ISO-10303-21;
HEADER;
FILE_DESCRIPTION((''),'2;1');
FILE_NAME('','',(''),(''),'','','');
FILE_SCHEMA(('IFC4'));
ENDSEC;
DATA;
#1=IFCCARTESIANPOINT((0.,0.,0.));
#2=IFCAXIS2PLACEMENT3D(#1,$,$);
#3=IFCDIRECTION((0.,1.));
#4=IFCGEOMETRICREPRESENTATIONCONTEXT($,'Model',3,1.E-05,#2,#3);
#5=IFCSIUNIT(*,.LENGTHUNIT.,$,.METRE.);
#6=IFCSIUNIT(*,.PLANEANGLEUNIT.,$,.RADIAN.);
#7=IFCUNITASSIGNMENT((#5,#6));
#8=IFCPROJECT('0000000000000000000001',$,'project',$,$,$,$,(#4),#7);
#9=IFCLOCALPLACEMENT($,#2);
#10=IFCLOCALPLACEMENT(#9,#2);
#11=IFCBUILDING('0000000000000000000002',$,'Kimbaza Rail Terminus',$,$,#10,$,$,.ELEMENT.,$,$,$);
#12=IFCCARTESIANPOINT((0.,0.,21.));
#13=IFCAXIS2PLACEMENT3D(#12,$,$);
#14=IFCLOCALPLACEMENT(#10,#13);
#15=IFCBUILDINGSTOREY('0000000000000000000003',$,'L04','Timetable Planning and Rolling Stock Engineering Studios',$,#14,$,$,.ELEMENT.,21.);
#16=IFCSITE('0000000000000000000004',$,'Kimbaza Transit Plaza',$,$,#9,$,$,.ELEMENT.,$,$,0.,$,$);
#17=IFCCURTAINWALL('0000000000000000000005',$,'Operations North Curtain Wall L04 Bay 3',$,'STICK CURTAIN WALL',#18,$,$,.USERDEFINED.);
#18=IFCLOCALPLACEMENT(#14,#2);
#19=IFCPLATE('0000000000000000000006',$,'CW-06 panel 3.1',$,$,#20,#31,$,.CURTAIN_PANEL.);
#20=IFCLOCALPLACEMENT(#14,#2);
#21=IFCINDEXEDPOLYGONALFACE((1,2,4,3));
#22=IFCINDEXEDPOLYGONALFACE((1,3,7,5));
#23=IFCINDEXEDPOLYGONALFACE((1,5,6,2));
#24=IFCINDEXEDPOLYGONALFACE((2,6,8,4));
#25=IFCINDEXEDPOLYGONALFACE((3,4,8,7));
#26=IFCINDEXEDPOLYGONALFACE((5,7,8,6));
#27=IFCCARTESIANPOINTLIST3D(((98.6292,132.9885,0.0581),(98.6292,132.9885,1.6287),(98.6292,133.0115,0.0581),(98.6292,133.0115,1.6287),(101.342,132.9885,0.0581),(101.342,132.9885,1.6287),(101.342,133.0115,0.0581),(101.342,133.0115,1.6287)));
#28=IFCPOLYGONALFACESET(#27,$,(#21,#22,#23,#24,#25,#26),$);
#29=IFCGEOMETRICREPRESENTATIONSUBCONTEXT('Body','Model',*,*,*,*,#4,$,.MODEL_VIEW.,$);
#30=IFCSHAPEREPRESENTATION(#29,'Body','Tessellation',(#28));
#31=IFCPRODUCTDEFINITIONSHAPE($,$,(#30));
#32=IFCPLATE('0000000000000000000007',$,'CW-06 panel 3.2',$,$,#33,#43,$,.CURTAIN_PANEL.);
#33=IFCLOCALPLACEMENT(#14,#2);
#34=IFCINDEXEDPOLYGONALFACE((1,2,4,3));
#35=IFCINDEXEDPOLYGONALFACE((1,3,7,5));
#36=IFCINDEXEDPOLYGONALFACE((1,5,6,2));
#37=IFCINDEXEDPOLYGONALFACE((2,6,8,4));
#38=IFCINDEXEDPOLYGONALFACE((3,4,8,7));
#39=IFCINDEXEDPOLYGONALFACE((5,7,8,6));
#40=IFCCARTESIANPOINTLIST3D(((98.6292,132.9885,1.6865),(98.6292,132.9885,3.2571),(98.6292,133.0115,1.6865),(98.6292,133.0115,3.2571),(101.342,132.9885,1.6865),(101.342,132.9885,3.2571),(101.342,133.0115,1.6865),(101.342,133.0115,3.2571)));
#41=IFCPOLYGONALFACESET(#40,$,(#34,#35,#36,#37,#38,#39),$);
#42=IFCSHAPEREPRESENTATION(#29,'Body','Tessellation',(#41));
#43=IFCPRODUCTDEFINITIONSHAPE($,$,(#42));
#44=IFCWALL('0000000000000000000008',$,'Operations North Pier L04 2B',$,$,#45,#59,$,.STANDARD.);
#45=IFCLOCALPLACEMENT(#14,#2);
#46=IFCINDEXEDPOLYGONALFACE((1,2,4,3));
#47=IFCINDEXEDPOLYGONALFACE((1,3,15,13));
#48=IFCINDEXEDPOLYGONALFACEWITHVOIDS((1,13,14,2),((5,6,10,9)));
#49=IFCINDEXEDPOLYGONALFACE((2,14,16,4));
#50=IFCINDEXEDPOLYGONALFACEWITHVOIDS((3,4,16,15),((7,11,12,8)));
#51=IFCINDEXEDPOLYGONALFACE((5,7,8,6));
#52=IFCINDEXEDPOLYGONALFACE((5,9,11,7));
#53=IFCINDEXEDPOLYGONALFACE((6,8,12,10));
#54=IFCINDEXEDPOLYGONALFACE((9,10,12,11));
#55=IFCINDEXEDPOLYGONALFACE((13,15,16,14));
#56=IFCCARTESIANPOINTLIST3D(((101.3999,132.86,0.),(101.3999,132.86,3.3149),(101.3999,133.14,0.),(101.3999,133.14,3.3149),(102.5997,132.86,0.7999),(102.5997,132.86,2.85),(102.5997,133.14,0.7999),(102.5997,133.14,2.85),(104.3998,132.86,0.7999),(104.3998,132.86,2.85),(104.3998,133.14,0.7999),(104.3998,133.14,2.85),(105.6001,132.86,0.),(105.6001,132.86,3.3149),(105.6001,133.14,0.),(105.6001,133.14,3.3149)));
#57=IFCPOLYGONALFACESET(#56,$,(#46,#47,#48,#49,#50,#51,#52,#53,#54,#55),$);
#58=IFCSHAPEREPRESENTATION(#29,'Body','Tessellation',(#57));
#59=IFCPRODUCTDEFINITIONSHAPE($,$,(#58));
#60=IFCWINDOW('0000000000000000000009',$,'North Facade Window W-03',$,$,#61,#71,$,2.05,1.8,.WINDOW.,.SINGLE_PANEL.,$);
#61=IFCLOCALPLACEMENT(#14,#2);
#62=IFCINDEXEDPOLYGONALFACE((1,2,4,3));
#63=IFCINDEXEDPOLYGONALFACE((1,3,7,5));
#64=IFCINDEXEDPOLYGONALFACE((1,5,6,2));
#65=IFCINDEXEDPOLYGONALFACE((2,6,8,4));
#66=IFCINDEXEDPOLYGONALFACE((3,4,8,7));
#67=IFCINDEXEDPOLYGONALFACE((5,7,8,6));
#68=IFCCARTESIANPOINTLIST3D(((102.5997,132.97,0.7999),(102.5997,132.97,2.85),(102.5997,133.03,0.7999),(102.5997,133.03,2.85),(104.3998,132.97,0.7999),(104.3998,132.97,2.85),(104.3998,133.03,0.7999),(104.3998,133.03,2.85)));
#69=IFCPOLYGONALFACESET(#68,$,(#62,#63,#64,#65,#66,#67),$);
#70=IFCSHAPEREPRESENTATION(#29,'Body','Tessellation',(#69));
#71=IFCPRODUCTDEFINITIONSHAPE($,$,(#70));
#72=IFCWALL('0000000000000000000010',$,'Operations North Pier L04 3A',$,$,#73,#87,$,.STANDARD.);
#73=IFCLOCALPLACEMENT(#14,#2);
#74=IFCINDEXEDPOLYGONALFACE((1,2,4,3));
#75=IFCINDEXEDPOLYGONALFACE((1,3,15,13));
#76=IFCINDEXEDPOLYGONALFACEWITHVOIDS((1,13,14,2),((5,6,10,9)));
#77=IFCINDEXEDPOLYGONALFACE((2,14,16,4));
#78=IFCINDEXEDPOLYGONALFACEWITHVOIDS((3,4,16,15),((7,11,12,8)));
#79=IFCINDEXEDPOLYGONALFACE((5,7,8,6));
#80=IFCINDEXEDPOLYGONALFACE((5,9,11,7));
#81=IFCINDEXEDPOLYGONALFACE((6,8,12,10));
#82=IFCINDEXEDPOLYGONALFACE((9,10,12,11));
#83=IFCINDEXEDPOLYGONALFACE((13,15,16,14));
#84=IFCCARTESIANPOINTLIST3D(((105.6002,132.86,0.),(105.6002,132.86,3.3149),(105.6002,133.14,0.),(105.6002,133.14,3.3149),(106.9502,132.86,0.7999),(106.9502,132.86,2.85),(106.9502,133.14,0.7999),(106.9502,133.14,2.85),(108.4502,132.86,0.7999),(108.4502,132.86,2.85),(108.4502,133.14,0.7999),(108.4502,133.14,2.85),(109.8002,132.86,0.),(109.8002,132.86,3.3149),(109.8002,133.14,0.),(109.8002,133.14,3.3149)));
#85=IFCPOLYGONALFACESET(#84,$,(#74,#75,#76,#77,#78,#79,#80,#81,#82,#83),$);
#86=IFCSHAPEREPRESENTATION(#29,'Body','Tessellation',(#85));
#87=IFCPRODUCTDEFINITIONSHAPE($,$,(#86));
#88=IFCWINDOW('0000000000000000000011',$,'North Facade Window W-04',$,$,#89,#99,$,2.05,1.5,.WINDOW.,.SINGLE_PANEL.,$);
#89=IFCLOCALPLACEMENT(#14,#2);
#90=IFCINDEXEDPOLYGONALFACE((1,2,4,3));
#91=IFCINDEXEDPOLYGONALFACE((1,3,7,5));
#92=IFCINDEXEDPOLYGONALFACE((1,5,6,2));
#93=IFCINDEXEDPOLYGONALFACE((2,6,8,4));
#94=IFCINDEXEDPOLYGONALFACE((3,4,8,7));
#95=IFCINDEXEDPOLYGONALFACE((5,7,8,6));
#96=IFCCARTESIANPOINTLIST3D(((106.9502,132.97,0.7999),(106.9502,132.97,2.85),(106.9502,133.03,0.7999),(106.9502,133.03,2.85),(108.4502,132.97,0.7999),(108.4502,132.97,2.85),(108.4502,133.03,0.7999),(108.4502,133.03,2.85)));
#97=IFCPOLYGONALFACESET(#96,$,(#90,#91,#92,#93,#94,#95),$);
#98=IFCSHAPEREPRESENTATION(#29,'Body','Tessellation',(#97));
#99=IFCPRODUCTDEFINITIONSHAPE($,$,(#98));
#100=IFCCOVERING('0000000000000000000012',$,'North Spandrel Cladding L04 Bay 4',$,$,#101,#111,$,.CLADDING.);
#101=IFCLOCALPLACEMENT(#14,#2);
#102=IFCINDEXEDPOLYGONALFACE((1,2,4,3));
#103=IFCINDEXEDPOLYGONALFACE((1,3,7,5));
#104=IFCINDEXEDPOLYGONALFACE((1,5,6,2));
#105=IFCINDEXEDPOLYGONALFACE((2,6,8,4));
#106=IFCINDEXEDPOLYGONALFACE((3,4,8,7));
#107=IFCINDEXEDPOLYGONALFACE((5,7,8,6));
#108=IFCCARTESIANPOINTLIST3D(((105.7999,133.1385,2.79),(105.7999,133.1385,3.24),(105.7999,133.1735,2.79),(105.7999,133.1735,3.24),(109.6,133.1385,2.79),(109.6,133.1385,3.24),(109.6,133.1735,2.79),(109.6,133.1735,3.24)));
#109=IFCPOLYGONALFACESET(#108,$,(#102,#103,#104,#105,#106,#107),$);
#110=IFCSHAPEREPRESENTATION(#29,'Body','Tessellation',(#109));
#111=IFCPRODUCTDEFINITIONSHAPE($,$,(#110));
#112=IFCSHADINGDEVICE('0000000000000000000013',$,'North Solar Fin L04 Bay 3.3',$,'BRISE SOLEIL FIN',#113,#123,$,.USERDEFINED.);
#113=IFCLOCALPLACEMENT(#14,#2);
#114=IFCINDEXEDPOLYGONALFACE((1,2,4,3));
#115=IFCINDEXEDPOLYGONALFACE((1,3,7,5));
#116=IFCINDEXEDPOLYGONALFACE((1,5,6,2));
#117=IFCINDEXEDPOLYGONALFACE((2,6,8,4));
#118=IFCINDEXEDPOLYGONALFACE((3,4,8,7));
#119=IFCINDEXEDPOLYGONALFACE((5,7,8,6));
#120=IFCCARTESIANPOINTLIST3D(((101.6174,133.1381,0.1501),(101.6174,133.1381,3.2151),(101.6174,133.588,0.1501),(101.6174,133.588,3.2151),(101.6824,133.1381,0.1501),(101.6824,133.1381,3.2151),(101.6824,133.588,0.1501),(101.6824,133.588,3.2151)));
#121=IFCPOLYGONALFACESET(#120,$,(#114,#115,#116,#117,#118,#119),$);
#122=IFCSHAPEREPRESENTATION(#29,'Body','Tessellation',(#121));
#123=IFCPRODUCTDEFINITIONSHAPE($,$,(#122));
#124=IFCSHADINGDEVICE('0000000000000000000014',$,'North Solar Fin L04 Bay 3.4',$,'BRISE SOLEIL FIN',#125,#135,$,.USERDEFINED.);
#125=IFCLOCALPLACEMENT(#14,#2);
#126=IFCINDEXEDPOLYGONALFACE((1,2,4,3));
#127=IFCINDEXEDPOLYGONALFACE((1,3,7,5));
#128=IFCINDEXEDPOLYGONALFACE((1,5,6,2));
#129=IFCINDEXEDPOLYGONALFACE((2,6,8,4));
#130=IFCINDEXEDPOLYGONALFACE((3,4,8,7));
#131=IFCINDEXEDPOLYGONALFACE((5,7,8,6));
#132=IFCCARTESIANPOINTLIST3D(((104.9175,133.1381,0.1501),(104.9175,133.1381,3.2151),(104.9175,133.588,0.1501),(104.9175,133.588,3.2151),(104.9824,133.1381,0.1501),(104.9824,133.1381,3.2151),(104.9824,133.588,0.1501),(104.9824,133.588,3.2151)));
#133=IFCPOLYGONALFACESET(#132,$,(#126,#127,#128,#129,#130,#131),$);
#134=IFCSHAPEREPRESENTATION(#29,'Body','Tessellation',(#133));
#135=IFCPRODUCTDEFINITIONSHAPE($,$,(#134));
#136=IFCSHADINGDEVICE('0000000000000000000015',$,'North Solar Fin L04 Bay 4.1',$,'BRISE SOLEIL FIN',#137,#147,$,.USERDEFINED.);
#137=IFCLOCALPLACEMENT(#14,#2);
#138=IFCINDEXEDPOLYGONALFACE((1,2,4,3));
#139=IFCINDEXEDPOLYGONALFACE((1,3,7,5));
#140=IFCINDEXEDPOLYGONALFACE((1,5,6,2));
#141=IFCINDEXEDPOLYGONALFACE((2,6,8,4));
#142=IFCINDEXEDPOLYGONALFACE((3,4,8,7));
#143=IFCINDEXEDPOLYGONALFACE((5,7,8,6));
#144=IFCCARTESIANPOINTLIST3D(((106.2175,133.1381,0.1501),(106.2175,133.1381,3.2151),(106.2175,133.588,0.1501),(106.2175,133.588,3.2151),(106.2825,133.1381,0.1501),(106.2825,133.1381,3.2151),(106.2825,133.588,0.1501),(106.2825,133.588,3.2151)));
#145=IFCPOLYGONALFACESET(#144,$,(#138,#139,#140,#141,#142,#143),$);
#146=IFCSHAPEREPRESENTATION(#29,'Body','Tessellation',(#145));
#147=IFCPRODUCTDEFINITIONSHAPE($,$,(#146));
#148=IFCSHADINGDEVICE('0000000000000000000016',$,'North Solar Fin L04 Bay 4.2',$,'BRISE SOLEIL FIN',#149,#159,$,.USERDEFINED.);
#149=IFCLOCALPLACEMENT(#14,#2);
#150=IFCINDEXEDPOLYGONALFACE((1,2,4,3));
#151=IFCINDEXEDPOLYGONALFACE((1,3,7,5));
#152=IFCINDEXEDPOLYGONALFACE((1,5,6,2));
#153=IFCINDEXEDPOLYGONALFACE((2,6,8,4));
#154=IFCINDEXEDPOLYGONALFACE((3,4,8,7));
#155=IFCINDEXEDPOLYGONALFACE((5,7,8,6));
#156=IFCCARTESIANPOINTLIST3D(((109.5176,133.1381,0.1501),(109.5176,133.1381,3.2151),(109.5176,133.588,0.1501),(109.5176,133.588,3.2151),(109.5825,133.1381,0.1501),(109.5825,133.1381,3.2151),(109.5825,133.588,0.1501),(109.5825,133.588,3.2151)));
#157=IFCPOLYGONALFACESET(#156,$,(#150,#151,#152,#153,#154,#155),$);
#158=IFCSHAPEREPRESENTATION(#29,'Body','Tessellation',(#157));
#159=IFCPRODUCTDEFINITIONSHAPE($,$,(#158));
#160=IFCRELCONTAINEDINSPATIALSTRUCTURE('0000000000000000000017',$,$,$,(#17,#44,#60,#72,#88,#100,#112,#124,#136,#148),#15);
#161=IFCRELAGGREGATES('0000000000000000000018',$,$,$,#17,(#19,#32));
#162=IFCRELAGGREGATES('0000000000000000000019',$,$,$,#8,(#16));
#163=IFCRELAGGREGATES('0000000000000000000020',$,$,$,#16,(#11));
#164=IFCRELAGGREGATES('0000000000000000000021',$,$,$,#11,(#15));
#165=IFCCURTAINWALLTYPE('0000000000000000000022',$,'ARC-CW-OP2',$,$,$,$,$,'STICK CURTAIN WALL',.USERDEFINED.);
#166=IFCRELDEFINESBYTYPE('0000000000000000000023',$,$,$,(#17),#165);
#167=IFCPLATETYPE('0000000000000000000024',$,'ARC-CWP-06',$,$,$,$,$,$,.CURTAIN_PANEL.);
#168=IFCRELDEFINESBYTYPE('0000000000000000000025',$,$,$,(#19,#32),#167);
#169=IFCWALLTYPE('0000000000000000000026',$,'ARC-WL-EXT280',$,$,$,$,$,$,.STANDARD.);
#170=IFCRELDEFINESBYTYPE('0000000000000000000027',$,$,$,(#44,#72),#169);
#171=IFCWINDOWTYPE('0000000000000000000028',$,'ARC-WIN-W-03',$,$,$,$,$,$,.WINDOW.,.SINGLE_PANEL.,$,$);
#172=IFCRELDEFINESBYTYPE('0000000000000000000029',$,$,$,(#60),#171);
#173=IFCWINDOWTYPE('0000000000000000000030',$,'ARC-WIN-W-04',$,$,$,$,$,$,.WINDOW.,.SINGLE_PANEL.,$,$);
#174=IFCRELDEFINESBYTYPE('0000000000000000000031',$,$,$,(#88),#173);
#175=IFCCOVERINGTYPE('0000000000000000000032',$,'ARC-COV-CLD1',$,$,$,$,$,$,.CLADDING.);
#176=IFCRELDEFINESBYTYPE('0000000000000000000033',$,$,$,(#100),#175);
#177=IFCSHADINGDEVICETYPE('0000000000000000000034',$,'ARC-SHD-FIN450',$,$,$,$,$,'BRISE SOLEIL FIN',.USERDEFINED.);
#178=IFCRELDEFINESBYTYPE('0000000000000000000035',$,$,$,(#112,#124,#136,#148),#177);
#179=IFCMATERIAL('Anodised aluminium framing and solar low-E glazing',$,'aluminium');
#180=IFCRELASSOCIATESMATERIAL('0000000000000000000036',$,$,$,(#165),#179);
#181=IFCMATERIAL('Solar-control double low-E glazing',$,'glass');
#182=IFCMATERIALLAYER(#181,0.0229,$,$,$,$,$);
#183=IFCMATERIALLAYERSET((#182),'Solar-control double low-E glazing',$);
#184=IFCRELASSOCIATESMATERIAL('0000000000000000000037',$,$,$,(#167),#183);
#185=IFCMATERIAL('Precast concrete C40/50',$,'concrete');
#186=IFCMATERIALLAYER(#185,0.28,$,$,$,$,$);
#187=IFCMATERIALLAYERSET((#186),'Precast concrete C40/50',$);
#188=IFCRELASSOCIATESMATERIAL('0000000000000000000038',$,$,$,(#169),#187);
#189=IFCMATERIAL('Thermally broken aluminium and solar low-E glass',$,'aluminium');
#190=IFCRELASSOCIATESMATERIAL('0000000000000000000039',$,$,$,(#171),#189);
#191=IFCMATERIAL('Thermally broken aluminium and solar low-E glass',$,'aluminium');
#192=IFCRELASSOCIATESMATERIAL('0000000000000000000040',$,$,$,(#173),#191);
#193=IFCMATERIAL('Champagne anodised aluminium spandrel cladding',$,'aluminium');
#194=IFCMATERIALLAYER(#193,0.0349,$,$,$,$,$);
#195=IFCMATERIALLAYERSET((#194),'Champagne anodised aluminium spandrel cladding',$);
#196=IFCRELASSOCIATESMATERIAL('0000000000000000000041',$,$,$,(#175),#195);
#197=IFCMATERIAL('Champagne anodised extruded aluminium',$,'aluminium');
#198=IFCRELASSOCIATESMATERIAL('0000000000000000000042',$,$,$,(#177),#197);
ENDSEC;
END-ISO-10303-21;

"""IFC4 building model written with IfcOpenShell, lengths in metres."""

from ifc_helpers import new_model, si_unit, direction, frame, frame_2d, origin, origin_2d, place, context, subcontext, project, spatial, rectangle, extrude, material, layer, layer_set, type_object, element, fill, aggregate, save


model = new_model("IFC4")

# Units and contexts
model_context = context("Model", 3, precision=1e-05, world=origin(), true_north=direction((0.0, 1.0)))
body_context = subcontext(model_context, "Body", "Model", "MODEL_VIEW")
ifc_project = project(units=[si_unit("LENGTHUNIT", "METRE"), si_unit("PLANEANGLEUNIT", "RADIAN")], contexts=[model_context])

# Site, building, storey
site_placement = place(None, origin())
site = spatial("IfcSite", under=ifc_project, at=site_placement, Name="Kimbaza Transit Plaza", CompositionType="ELEMENT", RefElevation=0.0)
building_placement = place(site_placement, origin())
building = spatial("IfcBuilding", under=site, at=building_placement, Name="Kimbaza Rail Terminus", CompositionType="ELEMENT")
storey_placement = place(building_placement, frame((0.0, 0.0, 21.0)))
storey = spatial("IfcBuildingStorey", under=building, at=storey_placement, Name="L04", Description="Timetable Planning and Rolling Stock Engineering Studios", CompositionType="ELEMENT", Elevation=21.0)

# Curtain wall
ifc_material_1 = material(Name="Anodised aluminium framing and solar low-E glazing", Category="aluminium")
curtain_wall_type = type_object("IfcCurtainWallType", Name="ARC-CW-OP2", ElementType="STICK CURTAIN WALL", PredefinedType="USERDEFINED", material=ifc_material_1)
curtain_wall_1_placement = place(storey_placement, origin())
curtain_wall_1 = element("IfcCurtainWall", 1, at=curtain_wall_1_placement, inside=storey, type_object=curtain_wall_type, Name="Operations North Curtain Wall L04 Bay 3", ObjectType="STICK CURTAIN WALL", PredefinedType="USERDEFINED")

# Plates
ifc_material_2 = material(Name="Solar-control double low-E glazing", Category="glass")
ifc_layer_1 = layer(ifc_material_2, 0.0229)
ifc_layer_set_1 = layer_set([ifc_layer_1], Name="Solar-control double low-E glazing")
plate_type = type_object("IfcPlateType", Name="ARC-CWP-06", PredefinedType="CURTAIN_PANEL", material=ifc_layer_set_1)
plate_1_placement = place(storey_placement, frame((99.9856, 133.0, 0.0581), z_axis=(0.0, 0.0, 1.0), x_axis=(1.0, 0.0, 0.0)))
plate_1 = element("IfcPlate", 2, at=plate_1_placement, type_object=plate_type, Name="CW-06 panel 3.1", PredefinedType="CURTAIN_PANEL", context=body_context, shape_type="SweptSolid", body=[
    extrude(rectangle(XDim=2.7129, YDim=0.0229, at=origin_2d()), origin(), (0.0, 0.0, 1.0), 1.5706),
])
plate_2_placement = place(storey_placement, frame((99.9856, 133.0, 1.6865), z_axis=(0.0, 0.0, 1.0), x_axis=(1.0, 0.0, 0.0)))
plate_2 = element("IfcPlate", 3, at=plate_2_placement, type_object=plate_type, Name="CW-06 panel 3.2", PredefinedType="CURTAIN_PANEL", context=body_context, shape_type="SweptSolid", body=[
    extrude(rectangle(XDim=2.7129, YDim=0.0229, at=origin_2d()), origin(), (0.0, 0.0, 1.0), 1.5706),
])
aggregate(curtain_wall_1, [plate_1, plate_2])

# Walls, openings, windows
ifc_material_3 = material(Name="Precast concrete C40/50", Category="concrete")
ifc_layer_2 = layer(ifc_material_3, 0.28)
ifc_layer_set_2 = layer_set([ifc_layer_2], Name="Precast concrete C40/50")
wall_type = type_object("IfcWallType", Name="ARC-WL-EXT280", PredefinedType="STANDARD", material=ifc_layer_set_2)
wall_1_placement = place(storey_placement, frame((101.3999, 133.0, 0.0), z_axis=(0.0, 0.0, 1.0), x_axis=(1.0, 0.0, 0.0)))
wall_1 = element("IfcWall", 4, at=wall_1_placement, inside=storey, type_object=wall_type, Name="Operations North Pier L04 2B", PredefinedType="STANDARD", context=body_context, shape_type="SweptSolid", body=[
    extrude(rectangle(XDim=4.2002, YDim=0.28, at=frame_2d((2.1001, 0.0))), origin(), (0.0, 0.0, 1.0), 3.3149),
])
opening_1_placement = place(wall_1_placement, frame((1.2, 0.0, 0.8)))
opening_1 = element("IfcOpeningElement", 5, at=opening_1_placement, cuts=wall_1, PredefinedType="OPENING", context=body_context, shape_type="SweptSolid", body=[
    extrude(rectangle(XDim=1.8, YDim=2.05, at=frame_2d((0.8999, 1.0249))), frame((0.0, 0.1499, 0.0), z_axis=(0.0, -1.0, 0.0), x_axis=(1.0, 0.0, 0.0)), (0.0, 0.0, 1.0), 0.3),
])
ifc_material_4 = material(Name="Thermally broken aluminium and solar low-E glass", Category="aluminium")
window_type_1 = type_object("IfcWindowType", Name="ARC-WIN-W-03", PartitioningType="SINGLE_PANEL", PredefinedType="WINDOW", material=ifc_material_4)
window_1_placement = place(opening_1_placement, origin())
window_1 = element("IfcWindow", 6, at=window_1_placement, inside=storey, type_object=window_type_1, Name="North Facade Window W-03", OverallHeight=2.05, OverallWidth=1.8, PartitioningType="SINGLE_PANEL", PredefinedType="WINDOW", context=body_context, shape_type="SweptSolid", body=[
    extrude(rectangle(XDim=1.8, YDim=2.05, at=frame_2d((0.8999, 1.0249))), frame((0.0, 0.03, 0.0), z_axis=(0.0, -1.0, 0.0), x_axis=(1.0, 0.0, 0.0)), (0.0, 0.0, 1.0), 0.0601),
])
fill(opening_1, window_1)
wall_2_placement = place(storey_placement, frame((105.6001, 133.0, 0.0), z_axis=(0.0, 0.0, 1.0), x_axis=(1.0, 0.0, 0.0)))
wall_2 = element("IfcWall", 7, at=wall_2_placement, inside=storey, type_object=wall_type, Name="Operations North Pier L04 3A", PredefinedType="STANDARD", context=body_context, shape_type="SweptSolid", body=[
    extrude(rectangle(XDim=4.2, YDim=0.28, at=frame_2d((2.1001, 0.0))), origin(), (0.0, 0.0, 1.0), 3.3149),
])
opening_2_placement = place(wall_2_placement, frame((1.3501, 0.0, 0.8)))
opening_2 = element("IfcOpeningElement", 8, at=opening_2_placement, cuts=wall_2, PredefinedType="OPENING", context=body_context, shape_type="SweptSolid", body=[
    extrude(rectangle(XDim=1.5, YDim=2.05, at=frame_2d((0.75, 1.0249))), frame((0.0, 0.1499, 0.0), z_axis=(0.0, -1.0, 0.0), x_axis=(1.0, 0.0, 0.0)), (0.0, 0.0, 1.0), 0.3),
])
ifc_material_5 = material(Name="Thermally broken aluminium and solar low-E glass", Category="aluminium")
window_type_2 = type_object("IfcWindowType", Name="ARC-WIN-W-04", PartitioningType="SINGLE_PANEL", PredefinedType="WINDOW", material=ifc_material_5)
window_2_placement = place(opening_2_placement, origin())
window_2 = element("IfcWindow", 9, at=window_2_placement, inside=storey, type_object=window_type_2, Name="North Facade Window W-04", OverallHeight=2.05, OverallWidth=1.5, PartitioningType="SINGLE_PANEL", PredefinedType="WINDOW", context=body_context, shape_type="SweptSolid", body=[
    extrude(rectangle(XDim=1.5, YDim=2.05, at=frame_2d((0.75, 1.0249))), frame((0.0, 0.03, 0.0), z_axis=(0.0, -1.0, 0.0), x_axis=(1.0, 0.0, 0.0)), (0.0, 0.0, 1.0), 0.0601),
])
fill(opening_2, window_2)

# Covering
ifc_material_6 = material(Name="Champagne anodised aluminium spandrel cladding", Category="aluminium")
ifc_layer_3 = layer(ifc_material_6, 0.0349)
ifc_layer_set_3 = layer_set([ifc_layer_3], Name="Champagne anodised aluminium spandrel cladding")
covering_type = type_object("IfcCoveringType", Name="ARC-COV-CLD1", PredefinedType="CLADDING", material=ifc_layer_set_3)
covering_placement = place(storey_placement, frame((107.7, 133.156, 2.79), z_axis=(0.0, 0.0, 1.0), x_axis=(1.0, 0.0, 0.0)))
element("IfcCovering", 10, at=covering_placement, inside=storey, type_object=covering_type, Name="North Spandrel Cladding L04 Bay 4", PredefinedType="CLADDING", context=body_context, shape_type="SweptSolid", body=[
    extrude(rectangle(XDim=3.8, YDim=0.0349, at=origin_2d()), origin(), (0.0, 0.0, 1.0), 0.45),
])

# Shading devices
ifc_material_7 = material(Name="Champagne anodised extruded aluminium", Category="aluminium")
shading_device_type = type_object("IfcShadingDeviceType", Name="ARC-SHD-FIN450", ElementType="BRISE SOLEIL FIN", PredefinedType="USERDEFINED", material=ifc_material_7)
for number, where, z_axis, x_axis, name in (
    (11, (101.6499, 133.363, 0.1501), (0.0, 0.0, 1.0), (1.0, 0.0, 0.0), "North Solar Fin L04 Bay 3.3"),
    (12, (104.95, 133.363, 0.1501), (0.0, 0.0, 1.0), (1.0, 0.0, 0.0), "North Solar Fin L04 Bay 3.4"),
    (13, (106.25, 133.363, 0.1501), (0.0, 0.0, 1.0), (1.0, 0.0, 0.0), "North Solar Fin L04 Bay 4.1"),
    (14, (109.55, 133.363, 0.1501), (0.0, 0.0, 1.0), (1.0, 0.0, 0.0), "North Solar Fin L04 Bay 4.2"),
):
    element("IfcShadingDevice", number, at=place(storey_placement, frame(where, z_axis=z_axis, x_axis=x_axis)), inside=storey, type_object=shading_device_type, Name=name, ObjectType="BRISE SOLEIL FIN", PredefinedType="USERDEFINED", context=body_context, shape_type="SweptSolid", body=[
        extrude(rectangle(XDim=0.0649, YDim=0.45, at=origin_2d()), origin(), (0.0, 0.0, 1.0), 3.0649),
    ])

save(model, "model.ifc")
